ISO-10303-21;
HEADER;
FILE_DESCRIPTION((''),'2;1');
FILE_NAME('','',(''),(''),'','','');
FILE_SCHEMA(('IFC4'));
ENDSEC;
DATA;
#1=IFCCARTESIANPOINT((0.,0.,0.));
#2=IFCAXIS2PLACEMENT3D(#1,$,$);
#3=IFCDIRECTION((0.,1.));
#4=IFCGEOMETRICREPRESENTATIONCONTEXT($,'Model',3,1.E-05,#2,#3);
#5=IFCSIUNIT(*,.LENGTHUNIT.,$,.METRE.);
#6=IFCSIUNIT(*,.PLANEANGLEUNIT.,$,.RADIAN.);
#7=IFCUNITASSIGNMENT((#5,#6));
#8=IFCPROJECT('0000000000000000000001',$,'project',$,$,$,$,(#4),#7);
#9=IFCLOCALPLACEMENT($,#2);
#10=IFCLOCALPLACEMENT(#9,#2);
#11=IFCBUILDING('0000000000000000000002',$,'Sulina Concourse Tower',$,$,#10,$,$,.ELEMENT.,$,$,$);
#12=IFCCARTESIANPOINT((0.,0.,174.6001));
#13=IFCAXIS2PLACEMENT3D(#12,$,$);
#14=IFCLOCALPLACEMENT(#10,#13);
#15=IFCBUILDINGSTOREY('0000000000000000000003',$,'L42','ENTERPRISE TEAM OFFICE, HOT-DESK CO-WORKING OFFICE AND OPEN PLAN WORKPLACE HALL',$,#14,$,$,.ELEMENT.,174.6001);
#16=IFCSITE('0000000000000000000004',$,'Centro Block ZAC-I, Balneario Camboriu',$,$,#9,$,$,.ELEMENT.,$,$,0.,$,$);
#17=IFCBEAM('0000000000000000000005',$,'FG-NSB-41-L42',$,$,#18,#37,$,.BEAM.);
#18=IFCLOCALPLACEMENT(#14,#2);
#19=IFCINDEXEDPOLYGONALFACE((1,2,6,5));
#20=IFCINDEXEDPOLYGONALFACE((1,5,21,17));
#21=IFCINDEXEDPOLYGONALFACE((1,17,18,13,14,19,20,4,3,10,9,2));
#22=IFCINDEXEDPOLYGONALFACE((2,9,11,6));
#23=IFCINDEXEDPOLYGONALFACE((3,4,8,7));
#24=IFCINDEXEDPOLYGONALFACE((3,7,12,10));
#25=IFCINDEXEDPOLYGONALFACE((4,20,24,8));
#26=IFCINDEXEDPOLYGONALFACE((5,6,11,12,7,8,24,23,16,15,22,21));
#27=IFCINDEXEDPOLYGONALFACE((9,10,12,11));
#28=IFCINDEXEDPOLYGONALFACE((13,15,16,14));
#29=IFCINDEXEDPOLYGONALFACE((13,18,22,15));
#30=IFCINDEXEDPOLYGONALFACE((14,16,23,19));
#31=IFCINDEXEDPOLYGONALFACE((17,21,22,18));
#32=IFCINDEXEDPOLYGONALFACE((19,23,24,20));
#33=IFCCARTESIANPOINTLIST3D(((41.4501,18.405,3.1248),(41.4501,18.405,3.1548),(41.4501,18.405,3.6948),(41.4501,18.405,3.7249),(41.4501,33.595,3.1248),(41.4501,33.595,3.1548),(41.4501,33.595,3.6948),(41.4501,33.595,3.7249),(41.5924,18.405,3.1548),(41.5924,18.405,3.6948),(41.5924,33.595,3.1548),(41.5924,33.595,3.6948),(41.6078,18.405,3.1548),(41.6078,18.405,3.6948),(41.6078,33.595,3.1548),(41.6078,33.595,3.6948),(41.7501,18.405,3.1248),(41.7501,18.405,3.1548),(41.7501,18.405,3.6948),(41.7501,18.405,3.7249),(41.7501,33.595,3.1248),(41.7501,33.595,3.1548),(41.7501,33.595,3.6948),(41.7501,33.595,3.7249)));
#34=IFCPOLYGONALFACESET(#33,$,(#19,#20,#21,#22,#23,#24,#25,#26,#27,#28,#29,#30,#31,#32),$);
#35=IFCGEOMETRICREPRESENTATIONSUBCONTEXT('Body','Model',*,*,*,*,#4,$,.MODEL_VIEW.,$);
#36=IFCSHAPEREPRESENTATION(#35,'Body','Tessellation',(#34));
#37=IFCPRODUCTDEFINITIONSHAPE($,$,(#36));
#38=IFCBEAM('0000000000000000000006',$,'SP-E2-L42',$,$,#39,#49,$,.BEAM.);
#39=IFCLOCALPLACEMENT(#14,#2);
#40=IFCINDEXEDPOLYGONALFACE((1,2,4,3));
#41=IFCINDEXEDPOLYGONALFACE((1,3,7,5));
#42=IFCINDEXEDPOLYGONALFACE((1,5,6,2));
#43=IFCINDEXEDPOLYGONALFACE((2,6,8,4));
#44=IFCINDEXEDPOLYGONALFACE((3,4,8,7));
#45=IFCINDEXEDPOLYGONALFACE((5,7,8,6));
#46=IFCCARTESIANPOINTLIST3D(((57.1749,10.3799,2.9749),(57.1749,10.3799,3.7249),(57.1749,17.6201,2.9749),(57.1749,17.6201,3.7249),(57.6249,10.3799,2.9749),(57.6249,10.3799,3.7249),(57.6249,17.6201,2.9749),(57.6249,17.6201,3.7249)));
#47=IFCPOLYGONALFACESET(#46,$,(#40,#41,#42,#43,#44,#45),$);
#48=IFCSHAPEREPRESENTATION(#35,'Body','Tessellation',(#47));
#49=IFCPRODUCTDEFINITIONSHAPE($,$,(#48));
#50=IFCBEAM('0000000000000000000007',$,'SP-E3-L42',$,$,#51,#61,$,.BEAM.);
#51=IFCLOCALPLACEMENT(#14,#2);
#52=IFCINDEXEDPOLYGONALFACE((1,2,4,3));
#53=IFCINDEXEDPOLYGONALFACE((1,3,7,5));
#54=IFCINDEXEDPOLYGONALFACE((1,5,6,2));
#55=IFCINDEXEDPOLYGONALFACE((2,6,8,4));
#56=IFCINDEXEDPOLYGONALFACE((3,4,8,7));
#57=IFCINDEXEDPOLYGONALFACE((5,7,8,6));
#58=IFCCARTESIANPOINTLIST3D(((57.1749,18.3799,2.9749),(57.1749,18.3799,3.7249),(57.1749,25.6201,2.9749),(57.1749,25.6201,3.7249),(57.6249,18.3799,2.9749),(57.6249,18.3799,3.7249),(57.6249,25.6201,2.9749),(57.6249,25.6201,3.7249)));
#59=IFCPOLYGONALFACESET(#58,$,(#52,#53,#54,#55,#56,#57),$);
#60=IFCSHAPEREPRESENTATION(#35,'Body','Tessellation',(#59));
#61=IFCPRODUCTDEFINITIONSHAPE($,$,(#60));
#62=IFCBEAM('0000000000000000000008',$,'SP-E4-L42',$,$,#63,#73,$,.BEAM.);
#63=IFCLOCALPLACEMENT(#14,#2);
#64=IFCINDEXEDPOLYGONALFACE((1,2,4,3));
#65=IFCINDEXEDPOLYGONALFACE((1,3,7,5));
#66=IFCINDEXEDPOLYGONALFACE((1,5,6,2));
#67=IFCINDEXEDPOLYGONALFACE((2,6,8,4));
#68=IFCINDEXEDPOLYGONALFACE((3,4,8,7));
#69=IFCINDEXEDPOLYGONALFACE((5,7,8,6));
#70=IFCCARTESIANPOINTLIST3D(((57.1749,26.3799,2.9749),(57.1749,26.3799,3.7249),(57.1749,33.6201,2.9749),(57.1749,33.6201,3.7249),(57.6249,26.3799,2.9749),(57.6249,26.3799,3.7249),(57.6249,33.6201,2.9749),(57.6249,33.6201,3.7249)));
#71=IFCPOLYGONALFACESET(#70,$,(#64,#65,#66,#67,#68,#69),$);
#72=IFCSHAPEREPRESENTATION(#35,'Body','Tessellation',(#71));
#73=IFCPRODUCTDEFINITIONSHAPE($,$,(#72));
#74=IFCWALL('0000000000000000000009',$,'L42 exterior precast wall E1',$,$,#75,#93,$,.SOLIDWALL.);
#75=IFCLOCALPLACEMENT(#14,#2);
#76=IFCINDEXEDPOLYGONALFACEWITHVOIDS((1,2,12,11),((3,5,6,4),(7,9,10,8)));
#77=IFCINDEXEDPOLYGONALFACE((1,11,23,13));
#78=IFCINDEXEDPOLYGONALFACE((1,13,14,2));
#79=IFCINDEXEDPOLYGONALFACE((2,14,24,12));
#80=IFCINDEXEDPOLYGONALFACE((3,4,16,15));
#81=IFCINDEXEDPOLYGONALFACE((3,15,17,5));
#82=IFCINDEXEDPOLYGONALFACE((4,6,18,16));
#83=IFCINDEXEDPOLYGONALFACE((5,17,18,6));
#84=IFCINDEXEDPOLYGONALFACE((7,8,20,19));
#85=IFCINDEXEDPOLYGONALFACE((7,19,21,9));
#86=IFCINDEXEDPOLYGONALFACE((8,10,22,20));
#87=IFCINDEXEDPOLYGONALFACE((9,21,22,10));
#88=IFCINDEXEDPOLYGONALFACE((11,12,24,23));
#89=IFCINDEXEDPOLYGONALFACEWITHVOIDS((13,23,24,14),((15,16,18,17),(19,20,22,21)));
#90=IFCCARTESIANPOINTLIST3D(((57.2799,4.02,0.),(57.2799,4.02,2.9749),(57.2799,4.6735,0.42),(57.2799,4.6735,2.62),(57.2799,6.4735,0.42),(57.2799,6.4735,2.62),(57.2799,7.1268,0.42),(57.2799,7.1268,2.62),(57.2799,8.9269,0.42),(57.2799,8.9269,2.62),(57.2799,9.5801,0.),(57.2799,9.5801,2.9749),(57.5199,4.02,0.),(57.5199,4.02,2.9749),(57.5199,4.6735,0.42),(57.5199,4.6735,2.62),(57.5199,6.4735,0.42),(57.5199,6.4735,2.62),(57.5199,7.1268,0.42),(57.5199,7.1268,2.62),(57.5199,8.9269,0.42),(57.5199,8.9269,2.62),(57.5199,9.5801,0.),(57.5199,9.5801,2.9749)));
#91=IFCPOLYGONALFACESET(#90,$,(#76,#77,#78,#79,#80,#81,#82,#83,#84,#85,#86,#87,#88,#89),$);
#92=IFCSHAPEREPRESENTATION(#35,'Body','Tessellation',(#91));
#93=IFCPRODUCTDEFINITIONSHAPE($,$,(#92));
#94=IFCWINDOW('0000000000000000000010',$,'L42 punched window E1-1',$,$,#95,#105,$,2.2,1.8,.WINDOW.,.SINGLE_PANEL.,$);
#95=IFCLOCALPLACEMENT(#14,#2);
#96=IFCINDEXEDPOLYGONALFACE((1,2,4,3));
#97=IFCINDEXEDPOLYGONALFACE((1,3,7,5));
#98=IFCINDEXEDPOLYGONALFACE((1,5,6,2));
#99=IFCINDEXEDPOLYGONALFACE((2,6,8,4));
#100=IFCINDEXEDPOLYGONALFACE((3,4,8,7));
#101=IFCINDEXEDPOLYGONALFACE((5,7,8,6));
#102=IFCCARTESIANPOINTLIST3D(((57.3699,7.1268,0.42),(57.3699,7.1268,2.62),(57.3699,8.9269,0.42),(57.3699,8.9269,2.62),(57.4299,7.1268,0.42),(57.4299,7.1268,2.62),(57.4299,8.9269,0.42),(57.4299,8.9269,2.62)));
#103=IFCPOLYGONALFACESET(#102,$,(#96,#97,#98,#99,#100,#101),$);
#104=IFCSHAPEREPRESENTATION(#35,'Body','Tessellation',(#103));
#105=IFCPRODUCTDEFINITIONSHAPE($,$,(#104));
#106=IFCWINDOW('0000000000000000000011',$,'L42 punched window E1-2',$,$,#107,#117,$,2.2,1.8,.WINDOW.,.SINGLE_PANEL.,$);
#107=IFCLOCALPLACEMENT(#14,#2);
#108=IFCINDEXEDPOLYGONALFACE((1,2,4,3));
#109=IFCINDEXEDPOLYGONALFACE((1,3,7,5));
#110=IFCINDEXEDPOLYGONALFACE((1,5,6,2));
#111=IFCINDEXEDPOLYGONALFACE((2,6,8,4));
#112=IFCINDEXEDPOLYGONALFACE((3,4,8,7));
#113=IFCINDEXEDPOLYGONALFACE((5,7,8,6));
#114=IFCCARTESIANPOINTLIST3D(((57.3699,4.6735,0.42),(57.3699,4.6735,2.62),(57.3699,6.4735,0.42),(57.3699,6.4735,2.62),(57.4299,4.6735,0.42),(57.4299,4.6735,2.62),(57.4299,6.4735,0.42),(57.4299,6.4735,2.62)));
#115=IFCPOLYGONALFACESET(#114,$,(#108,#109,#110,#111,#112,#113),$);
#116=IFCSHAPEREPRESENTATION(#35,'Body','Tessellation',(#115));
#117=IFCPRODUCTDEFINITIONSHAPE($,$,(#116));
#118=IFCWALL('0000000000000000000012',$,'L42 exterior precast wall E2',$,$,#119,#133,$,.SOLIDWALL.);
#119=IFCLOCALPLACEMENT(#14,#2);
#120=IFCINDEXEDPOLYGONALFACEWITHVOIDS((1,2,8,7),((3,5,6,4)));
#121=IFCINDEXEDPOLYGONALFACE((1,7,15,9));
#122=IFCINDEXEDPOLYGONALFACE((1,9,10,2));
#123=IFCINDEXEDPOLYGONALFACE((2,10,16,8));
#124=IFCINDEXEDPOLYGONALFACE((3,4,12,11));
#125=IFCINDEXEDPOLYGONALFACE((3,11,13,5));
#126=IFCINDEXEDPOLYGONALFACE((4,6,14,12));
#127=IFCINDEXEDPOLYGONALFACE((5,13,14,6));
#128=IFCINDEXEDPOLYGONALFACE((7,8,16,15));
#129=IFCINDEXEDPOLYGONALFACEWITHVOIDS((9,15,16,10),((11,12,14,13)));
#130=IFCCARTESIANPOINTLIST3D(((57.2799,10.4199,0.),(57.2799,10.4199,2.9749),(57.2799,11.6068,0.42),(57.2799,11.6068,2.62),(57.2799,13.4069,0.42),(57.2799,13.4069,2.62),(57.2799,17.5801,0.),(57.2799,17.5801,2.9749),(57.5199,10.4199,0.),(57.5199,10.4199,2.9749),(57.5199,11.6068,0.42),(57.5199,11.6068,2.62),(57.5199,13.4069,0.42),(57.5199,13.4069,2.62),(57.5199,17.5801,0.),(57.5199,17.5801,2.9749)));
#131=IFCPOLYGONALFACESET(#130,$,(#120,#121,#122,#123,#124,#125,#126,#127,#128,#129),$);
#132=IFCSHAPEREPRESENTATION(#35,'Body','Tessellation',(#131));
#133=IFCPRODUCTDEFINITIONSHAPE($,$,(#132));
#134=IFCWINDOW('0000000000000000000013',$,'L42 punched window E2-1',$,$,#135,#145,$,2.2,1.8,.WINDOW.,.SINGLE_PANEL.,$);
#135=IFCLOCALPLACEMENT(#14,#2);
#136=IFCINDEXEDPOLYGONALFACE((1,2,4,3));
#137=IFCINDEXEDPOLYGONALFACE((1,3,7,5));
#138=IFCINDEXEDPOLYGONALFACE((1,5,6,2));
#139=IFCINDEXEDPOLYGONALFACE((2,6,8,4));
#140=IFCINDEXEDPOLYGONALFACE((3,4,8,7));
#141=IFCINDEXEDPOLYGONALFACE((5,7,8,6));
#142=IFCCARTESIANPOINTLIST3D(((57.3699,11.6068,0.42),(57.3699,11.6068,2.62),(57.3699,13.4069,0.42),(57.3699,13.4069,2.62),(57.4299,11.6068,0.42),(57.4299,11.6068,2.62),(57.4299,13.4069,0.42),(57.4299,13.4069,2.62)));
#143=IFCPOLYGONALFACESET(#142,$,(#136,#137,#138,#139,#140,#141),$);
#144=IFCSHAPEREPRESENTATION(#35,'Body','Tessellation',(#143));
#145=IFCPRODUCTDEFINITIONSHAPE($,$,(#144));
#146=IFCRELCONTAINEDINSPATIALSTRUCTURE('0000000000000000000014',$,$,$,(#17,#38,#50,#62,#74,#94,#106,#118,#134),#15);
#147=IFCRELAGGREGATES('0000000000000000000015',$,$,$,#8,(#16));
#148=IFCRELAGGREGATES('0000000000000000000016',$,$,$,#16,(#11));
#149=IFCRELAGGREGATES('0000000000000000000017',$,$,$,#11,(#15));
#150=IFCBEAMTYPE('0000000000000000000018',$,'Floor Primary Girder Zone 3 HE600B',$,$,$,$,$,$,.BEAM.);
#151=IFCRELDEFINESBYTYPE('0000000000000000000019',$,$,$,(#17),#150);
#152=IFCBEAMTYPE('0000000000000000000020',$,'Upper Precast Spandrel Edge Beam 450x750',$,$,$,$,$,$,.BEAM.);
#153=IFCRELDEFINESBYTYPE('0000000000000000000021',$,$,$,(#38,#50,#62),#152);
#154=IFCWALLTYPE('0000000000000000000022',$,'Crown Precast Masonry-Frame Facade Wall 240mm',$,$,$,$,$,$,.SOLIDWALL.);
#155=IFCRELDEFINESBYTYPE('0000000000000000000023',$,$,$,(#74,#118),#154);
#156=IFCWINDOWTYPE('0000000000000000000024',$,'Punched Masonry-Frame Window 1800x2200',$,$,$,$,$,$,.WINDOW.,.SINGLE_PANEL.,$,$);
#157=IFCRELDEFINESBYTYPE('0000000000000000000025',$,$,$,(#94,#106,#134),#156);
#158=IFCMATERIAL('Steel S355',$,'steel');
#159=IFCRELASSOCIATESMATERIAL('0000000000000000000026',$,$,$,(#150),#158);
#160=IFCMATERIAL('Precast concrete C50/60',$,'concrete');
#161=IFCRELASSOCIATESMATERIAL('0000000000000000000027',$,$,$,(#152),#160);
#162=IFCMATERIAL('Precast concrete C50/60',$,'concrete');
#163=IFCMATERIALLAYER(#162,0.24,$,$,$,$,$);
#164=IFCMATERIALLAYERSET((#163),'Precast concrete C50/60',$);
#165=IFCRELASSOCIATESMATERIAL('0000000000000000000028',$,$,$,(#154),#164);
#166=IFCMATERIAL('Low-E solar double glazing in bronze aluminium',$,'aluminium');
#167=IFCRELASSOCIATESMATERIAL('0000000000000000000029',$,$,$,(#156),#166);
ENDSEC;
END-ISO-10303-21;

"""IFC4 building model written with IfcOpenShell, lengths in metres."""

from ifc_helpers import new_model, si_unit, direction, frame, frame_2d, origin, origin_2d, place, context, subcontext, project, spatial, rectangle, i_section, extrude, material, layer, layer_set, material_profile, profile_set, type_object, element, fill, save


model = new_model("IFC4")

# Units and contexts
model_context = context("Model", 3, precision=1e-05, world=origin(), true_north=direction((0.0, 1.0)))
body_context = subcontext(model_context, "Body", "Model", "MODEL_VIEW")
ifc_project = project(units=[si_unit("LENGTHUNIT", "METRE"), si_unit("PLANEANGLEUNIT", "RADIAN")], contexts=[model_context])

# Site, building, storey
site_placement = place(None, origin())
site = spatial("IfcSite", under=ifc_project, at=site_placement, Name="Centro Block ZAC-I, Balneario Camboriu", CompositionType="ELEMENT", RefElevation=0.0)
building_placement = place(site_placement, origin())
building = spatial("IfcBuilding", under=site, at=building_placement, Name="Sulina Concourse Tower", CompositionType="ELEMENT")
storey_placement = place(building_placement, frame((0.0, 0.0, 174.6001)))
storey = spatial("IfcBuildingStorey", under=building, at=storey_placement, Name="L42", Description="ENTERPRISE TEAM OFFICE, HOT-DESK CO-WORKING OFFICE AND OPEN PLAN WORKPLACE HALL", CompositionType="ELEMENT", Elevation=174.6001)

# Beams
ifc_material_1 = material(Name="Steel S355", Category="steel")
ifc_material_profile_1 = material_profile(ifc_material_1, i_section(OverallWidth=0.3, OverallDepth=0.6001, WebThickness=0.0154, FlangeThickness=0.03, at=origin_2d()), Name="HE 600 B")
ifc_profile_set_1 = profile_set([ifc_material_profile_1], Name="Steel S355")
beam_type_1 = type_object("IfcBeamType", Name="Floor Primary Girder Zone 3 HE600B", PredefinedType="BEAM", material=ifc_profile_set_1)
beam_1_placement = place(storey_placement, frame((41.6001, 18.405, 3.4248), z_axis=(0.0, 1.0, 0.0), x_axis=(-1.0, 0.0, 0.0)))
element("IfcBeam", 1, at=beam_1_placement, inside=storey, type_object=beam_type_1, Name="FG-NSB-41-L42", PredefinedType="BEAM", context=body_context, shape_type="SweptSolid", body=[
    extrude(i_section(OverallWidth=0.3, OverallDepth=0.6001, WebThickness=0.0154, FlangeThickness=0.03, at=origin_2d()), origin(), (0.0, 0.0, 1.0), 15.1899),
])
ifc_material_2 = material(Name="Precast concrete C50/60", Category="concrete")
ifc_material_profile_2 = material_profile(ifc_material_2, rectangle(XDim=0.45, YDim=0.75, at=origin_2d()), Name="RC 450x750")
ifc_profile_set_2 = profile_set([ifc_material_profile_2], Name="Precast concrete C50/60")
beam_type_2 = type_object("IfcBeamType", Name="Upper Precast Spandrel Edge Beam 450x750", PredefinedType="BEAM", material=ifc_profile_set_2)
for number, where, z_axis, x_axis, name in (
    (2, (57.3999, 10.3799, 3.3499), (0.0, 1.0, 0.0), (-1.0, 0.0, 0.0), "SP-E2-L42"),
    (3, (57.3999, 18.3799, 3.3499), (0.0, 1.0, 0.0), (-1.0, 0.0, 0.0), "SP-E3-L42"),
    (4, (57.3999, 26.3799, 3.3499), (0.0, 1.0, 0.0), (-1.0, 0.0, 0.0), "SP-E4-L42"),
):
    element("IfcBeam", number, at=place(storey_placement, frame(where, z_axis=z_axis, x_axis=x_axis)), inside=storey, type_object=beam_type_2, Name=name, PredefinedType="BEAM", context=body_context, shape_type="SweptSolid", body=[
        extrude(rectangle(XDim=0.45, YDim=0.75, at=origin_2d()), origin(), (0.0, 0.0, 1.0), 7.2402),
    ])

# Wall, openings, windows
ifc_material_3 = material(Name="Precast concrete C50/60", Category="concrete")
ifc_layer_1 = layer(ifc_material_3, 0.24)
ifc_layer_set_1 = layer_set([ifc_layer_1], Name="Precast concrete C50/60")
wall_type_1 = type_object("IfcWallType", Name="Crown Precast Masonry-Frame Facade Wall 240mm", PredefinedType="SOLIDWALL", material=ifc_layer_set_1)
wall_1_placement = place(storey_placement, frame((57.3999, 9.5801, 0.0), z_axis=(0.0, 0.0, 1.0), x_axis=(0.0, -1.0, 0.0)))
wall_1 = element("IfcWall", 5, at=wall_1_placement, inside=storey, type_object=wall_type_1, Name="L42 exterior precast wall E1", PredefinedType="SOLIDWALL", context=body_context, shape_type="SweptSolid", body=[
    extrude(rectangle(XDim=5.5601, YDim=0.24, at=frame_2d((2.78, 0.0))), origin(), (0.0, 0.0, 1.0), 2.9749),
])
opening_1_placement = place(wall_1_placement, frame((0.6533, 0.0, 0.4199)))
opening_1 = element("IfcOpeningElement", 6, at=opening_1_placement, cuts=wall_1, PredefinedType="OPENING", context=body_context, shape_type="SweptSolid", body=[
    extrude(rectangle(XDim=1.8, YDim=2.2, at=frame_2d((0.8999, 1.1001))), frame((0.0, 0.1299, 0.0), z_axis=(0.0, -1.0, 0.0), x_axis=(1.0, 0.0, 0.0)), (0.0, 0.0, 1.0), 0.26),
])
opening_2_placement = place(wall_1_placement, frame((3.1067, 0.0, 0.4199)))
opening_2 = element("IfcOpeningElement", 7, at=opening_2_placement, cuts=wall_1, PredefinedType="OPENING", context=body_context, shape_type="SweptSolid", body=[
    extrude(rectangle(XDim=1.8, YDim=2.2, at=frame_2d((0.8999, 1.1001))), frame((0.0, 0.1299, 0.0), z_axis=(0.0, -1.0, 0.0), x_axis=(1.0, 0.0, 0.0)), (0.0, 0.0, 1.0), 0.26),
])
ifc_material_4 = material(Name="Low-E solar double glazing in bronze aluminium", Category="aluminium")
window_type = type_object("IfcWindowType", Name="Punched Masonry-Frame Window 1800x2200", PartitioningType="SINGLE_PANEL", PredefinedType="WINDOW", material=ifc_material_4)
window_1_placement = place(opening_1_placement, origin())
window_1 = element("IfcWindow", 8, at=window_1_placement, inside=storey, type_object=window_type, Name="L42 punched window E1-1", OverallHeight=2.2, OverallWidth=1.8, PartitioningType="SINGLE_PANEL", PredefinedType="WINDOW", context=body_context, shape_type="SweptSolid", body=[
    extrude(rectangle(XDim=1.8, YDim=2.2, at=frame_2d((0.8999, 1.1001))), frame((0.0, 0.03, 0.0), z_axis=(0.0, -1.0, 0.0), x_axis=(1.0, 0.0, 0.0)), (0.0, 0.0, 1.0), 0.0601),
])
fill(opening_1, window_1)
window_2_placement = place(opening_2_placement, origin())
window_2 = element("IfcWindow", 9, at=window_2_placement, inside=storey, type_object=window_type, Name="L42 punched window E1-2", OverallHeight=2.2, OverallWidth=1.8, PartitioningType="SINGLE_PANEL", PredefinedType="WINDOW", context=body_context, shape_type="SweptSolid", body=[
    extrude(rectangle(XDim=1.8, YDim=2.2, at=frame_2d((0.8999, 1.1001))), frame((0.0, 0.03, 0.0), z_axis=(0.0, -1.0, 0.0), x_axis=(1.0, 0.0, 0.0)), (0.0, 0.0, 1.0), 0.0601),
])
fill(opening_2, window_2)

# Wall, opening, window
wall_2_placement = place(storey_placement, frame((57.3999, 17.5801, 0.0), z_axis=(0.0, 0.0, 1.0), x_axis=(0.0, -1.0, 0.0)))
wall_2 = element("IfcWall", 10, at=wall_2_placement, inside=storey, type_object=wall_type_1, Name="L42 exterior precast wall E2", PredefinedType="SOLIDWALL", context=body_context, shape_type="SweptSolid", body=[
    extrude(rectangle(XDim=7.1602, YDim=0.24, at=frame_2d((3.5801, 0.0))), origin(), (0.0, 0.0, 1.0), 2.9749),
])
opening_3_placement = place(wall_2_placement, frame((4.1733, 0.0, 0.4199)))
opening_3 = element("IfcOpeningElement", 11, at=opening_3_placement, cuts=wall_2, PredefinedType="OPENING", context=body_context, shape_type="SweptSolid", body=[
    extrude(rectangle(XDim=1.8, YDim=2.2, at=frame_2d((0.8999, 1.1001))), frame((0.0, 0.1299, 0.0), z_axis=(0.0, -1.0, 0.0), x_axis=(1.0, 0.0, 0.0)), (0.0, 0.0, 1.0), 0.26),
])
window_3_placement = place(opening_3_placement, origin())
window_3 = element("IfcWindow", 12, at=window_3_placement, inside=storey, type_object=window_type, Name="L42 punched window E2-1", OverallHeight=2.2, OverallWidth=1.8, PartitioningType="SINGLE_PANEL", PredefinedType="WINDOW", context=body_context, shape_type="SweptSolid", body=[
    extrude(rectangle(XDim=1.8, YDim=2.2, at=frame_2d((0.8999, 1.1001))), frame((0.0, 0.03, 0.0), z_axis=(0.0, -1.0, 0.0), x_axis=(1.0, 0.0, 0.0)), (0.0, 0.0, 1.0), 0.0601),
])
fill(opening_3, window_3)

save(model, "model.ifc")
